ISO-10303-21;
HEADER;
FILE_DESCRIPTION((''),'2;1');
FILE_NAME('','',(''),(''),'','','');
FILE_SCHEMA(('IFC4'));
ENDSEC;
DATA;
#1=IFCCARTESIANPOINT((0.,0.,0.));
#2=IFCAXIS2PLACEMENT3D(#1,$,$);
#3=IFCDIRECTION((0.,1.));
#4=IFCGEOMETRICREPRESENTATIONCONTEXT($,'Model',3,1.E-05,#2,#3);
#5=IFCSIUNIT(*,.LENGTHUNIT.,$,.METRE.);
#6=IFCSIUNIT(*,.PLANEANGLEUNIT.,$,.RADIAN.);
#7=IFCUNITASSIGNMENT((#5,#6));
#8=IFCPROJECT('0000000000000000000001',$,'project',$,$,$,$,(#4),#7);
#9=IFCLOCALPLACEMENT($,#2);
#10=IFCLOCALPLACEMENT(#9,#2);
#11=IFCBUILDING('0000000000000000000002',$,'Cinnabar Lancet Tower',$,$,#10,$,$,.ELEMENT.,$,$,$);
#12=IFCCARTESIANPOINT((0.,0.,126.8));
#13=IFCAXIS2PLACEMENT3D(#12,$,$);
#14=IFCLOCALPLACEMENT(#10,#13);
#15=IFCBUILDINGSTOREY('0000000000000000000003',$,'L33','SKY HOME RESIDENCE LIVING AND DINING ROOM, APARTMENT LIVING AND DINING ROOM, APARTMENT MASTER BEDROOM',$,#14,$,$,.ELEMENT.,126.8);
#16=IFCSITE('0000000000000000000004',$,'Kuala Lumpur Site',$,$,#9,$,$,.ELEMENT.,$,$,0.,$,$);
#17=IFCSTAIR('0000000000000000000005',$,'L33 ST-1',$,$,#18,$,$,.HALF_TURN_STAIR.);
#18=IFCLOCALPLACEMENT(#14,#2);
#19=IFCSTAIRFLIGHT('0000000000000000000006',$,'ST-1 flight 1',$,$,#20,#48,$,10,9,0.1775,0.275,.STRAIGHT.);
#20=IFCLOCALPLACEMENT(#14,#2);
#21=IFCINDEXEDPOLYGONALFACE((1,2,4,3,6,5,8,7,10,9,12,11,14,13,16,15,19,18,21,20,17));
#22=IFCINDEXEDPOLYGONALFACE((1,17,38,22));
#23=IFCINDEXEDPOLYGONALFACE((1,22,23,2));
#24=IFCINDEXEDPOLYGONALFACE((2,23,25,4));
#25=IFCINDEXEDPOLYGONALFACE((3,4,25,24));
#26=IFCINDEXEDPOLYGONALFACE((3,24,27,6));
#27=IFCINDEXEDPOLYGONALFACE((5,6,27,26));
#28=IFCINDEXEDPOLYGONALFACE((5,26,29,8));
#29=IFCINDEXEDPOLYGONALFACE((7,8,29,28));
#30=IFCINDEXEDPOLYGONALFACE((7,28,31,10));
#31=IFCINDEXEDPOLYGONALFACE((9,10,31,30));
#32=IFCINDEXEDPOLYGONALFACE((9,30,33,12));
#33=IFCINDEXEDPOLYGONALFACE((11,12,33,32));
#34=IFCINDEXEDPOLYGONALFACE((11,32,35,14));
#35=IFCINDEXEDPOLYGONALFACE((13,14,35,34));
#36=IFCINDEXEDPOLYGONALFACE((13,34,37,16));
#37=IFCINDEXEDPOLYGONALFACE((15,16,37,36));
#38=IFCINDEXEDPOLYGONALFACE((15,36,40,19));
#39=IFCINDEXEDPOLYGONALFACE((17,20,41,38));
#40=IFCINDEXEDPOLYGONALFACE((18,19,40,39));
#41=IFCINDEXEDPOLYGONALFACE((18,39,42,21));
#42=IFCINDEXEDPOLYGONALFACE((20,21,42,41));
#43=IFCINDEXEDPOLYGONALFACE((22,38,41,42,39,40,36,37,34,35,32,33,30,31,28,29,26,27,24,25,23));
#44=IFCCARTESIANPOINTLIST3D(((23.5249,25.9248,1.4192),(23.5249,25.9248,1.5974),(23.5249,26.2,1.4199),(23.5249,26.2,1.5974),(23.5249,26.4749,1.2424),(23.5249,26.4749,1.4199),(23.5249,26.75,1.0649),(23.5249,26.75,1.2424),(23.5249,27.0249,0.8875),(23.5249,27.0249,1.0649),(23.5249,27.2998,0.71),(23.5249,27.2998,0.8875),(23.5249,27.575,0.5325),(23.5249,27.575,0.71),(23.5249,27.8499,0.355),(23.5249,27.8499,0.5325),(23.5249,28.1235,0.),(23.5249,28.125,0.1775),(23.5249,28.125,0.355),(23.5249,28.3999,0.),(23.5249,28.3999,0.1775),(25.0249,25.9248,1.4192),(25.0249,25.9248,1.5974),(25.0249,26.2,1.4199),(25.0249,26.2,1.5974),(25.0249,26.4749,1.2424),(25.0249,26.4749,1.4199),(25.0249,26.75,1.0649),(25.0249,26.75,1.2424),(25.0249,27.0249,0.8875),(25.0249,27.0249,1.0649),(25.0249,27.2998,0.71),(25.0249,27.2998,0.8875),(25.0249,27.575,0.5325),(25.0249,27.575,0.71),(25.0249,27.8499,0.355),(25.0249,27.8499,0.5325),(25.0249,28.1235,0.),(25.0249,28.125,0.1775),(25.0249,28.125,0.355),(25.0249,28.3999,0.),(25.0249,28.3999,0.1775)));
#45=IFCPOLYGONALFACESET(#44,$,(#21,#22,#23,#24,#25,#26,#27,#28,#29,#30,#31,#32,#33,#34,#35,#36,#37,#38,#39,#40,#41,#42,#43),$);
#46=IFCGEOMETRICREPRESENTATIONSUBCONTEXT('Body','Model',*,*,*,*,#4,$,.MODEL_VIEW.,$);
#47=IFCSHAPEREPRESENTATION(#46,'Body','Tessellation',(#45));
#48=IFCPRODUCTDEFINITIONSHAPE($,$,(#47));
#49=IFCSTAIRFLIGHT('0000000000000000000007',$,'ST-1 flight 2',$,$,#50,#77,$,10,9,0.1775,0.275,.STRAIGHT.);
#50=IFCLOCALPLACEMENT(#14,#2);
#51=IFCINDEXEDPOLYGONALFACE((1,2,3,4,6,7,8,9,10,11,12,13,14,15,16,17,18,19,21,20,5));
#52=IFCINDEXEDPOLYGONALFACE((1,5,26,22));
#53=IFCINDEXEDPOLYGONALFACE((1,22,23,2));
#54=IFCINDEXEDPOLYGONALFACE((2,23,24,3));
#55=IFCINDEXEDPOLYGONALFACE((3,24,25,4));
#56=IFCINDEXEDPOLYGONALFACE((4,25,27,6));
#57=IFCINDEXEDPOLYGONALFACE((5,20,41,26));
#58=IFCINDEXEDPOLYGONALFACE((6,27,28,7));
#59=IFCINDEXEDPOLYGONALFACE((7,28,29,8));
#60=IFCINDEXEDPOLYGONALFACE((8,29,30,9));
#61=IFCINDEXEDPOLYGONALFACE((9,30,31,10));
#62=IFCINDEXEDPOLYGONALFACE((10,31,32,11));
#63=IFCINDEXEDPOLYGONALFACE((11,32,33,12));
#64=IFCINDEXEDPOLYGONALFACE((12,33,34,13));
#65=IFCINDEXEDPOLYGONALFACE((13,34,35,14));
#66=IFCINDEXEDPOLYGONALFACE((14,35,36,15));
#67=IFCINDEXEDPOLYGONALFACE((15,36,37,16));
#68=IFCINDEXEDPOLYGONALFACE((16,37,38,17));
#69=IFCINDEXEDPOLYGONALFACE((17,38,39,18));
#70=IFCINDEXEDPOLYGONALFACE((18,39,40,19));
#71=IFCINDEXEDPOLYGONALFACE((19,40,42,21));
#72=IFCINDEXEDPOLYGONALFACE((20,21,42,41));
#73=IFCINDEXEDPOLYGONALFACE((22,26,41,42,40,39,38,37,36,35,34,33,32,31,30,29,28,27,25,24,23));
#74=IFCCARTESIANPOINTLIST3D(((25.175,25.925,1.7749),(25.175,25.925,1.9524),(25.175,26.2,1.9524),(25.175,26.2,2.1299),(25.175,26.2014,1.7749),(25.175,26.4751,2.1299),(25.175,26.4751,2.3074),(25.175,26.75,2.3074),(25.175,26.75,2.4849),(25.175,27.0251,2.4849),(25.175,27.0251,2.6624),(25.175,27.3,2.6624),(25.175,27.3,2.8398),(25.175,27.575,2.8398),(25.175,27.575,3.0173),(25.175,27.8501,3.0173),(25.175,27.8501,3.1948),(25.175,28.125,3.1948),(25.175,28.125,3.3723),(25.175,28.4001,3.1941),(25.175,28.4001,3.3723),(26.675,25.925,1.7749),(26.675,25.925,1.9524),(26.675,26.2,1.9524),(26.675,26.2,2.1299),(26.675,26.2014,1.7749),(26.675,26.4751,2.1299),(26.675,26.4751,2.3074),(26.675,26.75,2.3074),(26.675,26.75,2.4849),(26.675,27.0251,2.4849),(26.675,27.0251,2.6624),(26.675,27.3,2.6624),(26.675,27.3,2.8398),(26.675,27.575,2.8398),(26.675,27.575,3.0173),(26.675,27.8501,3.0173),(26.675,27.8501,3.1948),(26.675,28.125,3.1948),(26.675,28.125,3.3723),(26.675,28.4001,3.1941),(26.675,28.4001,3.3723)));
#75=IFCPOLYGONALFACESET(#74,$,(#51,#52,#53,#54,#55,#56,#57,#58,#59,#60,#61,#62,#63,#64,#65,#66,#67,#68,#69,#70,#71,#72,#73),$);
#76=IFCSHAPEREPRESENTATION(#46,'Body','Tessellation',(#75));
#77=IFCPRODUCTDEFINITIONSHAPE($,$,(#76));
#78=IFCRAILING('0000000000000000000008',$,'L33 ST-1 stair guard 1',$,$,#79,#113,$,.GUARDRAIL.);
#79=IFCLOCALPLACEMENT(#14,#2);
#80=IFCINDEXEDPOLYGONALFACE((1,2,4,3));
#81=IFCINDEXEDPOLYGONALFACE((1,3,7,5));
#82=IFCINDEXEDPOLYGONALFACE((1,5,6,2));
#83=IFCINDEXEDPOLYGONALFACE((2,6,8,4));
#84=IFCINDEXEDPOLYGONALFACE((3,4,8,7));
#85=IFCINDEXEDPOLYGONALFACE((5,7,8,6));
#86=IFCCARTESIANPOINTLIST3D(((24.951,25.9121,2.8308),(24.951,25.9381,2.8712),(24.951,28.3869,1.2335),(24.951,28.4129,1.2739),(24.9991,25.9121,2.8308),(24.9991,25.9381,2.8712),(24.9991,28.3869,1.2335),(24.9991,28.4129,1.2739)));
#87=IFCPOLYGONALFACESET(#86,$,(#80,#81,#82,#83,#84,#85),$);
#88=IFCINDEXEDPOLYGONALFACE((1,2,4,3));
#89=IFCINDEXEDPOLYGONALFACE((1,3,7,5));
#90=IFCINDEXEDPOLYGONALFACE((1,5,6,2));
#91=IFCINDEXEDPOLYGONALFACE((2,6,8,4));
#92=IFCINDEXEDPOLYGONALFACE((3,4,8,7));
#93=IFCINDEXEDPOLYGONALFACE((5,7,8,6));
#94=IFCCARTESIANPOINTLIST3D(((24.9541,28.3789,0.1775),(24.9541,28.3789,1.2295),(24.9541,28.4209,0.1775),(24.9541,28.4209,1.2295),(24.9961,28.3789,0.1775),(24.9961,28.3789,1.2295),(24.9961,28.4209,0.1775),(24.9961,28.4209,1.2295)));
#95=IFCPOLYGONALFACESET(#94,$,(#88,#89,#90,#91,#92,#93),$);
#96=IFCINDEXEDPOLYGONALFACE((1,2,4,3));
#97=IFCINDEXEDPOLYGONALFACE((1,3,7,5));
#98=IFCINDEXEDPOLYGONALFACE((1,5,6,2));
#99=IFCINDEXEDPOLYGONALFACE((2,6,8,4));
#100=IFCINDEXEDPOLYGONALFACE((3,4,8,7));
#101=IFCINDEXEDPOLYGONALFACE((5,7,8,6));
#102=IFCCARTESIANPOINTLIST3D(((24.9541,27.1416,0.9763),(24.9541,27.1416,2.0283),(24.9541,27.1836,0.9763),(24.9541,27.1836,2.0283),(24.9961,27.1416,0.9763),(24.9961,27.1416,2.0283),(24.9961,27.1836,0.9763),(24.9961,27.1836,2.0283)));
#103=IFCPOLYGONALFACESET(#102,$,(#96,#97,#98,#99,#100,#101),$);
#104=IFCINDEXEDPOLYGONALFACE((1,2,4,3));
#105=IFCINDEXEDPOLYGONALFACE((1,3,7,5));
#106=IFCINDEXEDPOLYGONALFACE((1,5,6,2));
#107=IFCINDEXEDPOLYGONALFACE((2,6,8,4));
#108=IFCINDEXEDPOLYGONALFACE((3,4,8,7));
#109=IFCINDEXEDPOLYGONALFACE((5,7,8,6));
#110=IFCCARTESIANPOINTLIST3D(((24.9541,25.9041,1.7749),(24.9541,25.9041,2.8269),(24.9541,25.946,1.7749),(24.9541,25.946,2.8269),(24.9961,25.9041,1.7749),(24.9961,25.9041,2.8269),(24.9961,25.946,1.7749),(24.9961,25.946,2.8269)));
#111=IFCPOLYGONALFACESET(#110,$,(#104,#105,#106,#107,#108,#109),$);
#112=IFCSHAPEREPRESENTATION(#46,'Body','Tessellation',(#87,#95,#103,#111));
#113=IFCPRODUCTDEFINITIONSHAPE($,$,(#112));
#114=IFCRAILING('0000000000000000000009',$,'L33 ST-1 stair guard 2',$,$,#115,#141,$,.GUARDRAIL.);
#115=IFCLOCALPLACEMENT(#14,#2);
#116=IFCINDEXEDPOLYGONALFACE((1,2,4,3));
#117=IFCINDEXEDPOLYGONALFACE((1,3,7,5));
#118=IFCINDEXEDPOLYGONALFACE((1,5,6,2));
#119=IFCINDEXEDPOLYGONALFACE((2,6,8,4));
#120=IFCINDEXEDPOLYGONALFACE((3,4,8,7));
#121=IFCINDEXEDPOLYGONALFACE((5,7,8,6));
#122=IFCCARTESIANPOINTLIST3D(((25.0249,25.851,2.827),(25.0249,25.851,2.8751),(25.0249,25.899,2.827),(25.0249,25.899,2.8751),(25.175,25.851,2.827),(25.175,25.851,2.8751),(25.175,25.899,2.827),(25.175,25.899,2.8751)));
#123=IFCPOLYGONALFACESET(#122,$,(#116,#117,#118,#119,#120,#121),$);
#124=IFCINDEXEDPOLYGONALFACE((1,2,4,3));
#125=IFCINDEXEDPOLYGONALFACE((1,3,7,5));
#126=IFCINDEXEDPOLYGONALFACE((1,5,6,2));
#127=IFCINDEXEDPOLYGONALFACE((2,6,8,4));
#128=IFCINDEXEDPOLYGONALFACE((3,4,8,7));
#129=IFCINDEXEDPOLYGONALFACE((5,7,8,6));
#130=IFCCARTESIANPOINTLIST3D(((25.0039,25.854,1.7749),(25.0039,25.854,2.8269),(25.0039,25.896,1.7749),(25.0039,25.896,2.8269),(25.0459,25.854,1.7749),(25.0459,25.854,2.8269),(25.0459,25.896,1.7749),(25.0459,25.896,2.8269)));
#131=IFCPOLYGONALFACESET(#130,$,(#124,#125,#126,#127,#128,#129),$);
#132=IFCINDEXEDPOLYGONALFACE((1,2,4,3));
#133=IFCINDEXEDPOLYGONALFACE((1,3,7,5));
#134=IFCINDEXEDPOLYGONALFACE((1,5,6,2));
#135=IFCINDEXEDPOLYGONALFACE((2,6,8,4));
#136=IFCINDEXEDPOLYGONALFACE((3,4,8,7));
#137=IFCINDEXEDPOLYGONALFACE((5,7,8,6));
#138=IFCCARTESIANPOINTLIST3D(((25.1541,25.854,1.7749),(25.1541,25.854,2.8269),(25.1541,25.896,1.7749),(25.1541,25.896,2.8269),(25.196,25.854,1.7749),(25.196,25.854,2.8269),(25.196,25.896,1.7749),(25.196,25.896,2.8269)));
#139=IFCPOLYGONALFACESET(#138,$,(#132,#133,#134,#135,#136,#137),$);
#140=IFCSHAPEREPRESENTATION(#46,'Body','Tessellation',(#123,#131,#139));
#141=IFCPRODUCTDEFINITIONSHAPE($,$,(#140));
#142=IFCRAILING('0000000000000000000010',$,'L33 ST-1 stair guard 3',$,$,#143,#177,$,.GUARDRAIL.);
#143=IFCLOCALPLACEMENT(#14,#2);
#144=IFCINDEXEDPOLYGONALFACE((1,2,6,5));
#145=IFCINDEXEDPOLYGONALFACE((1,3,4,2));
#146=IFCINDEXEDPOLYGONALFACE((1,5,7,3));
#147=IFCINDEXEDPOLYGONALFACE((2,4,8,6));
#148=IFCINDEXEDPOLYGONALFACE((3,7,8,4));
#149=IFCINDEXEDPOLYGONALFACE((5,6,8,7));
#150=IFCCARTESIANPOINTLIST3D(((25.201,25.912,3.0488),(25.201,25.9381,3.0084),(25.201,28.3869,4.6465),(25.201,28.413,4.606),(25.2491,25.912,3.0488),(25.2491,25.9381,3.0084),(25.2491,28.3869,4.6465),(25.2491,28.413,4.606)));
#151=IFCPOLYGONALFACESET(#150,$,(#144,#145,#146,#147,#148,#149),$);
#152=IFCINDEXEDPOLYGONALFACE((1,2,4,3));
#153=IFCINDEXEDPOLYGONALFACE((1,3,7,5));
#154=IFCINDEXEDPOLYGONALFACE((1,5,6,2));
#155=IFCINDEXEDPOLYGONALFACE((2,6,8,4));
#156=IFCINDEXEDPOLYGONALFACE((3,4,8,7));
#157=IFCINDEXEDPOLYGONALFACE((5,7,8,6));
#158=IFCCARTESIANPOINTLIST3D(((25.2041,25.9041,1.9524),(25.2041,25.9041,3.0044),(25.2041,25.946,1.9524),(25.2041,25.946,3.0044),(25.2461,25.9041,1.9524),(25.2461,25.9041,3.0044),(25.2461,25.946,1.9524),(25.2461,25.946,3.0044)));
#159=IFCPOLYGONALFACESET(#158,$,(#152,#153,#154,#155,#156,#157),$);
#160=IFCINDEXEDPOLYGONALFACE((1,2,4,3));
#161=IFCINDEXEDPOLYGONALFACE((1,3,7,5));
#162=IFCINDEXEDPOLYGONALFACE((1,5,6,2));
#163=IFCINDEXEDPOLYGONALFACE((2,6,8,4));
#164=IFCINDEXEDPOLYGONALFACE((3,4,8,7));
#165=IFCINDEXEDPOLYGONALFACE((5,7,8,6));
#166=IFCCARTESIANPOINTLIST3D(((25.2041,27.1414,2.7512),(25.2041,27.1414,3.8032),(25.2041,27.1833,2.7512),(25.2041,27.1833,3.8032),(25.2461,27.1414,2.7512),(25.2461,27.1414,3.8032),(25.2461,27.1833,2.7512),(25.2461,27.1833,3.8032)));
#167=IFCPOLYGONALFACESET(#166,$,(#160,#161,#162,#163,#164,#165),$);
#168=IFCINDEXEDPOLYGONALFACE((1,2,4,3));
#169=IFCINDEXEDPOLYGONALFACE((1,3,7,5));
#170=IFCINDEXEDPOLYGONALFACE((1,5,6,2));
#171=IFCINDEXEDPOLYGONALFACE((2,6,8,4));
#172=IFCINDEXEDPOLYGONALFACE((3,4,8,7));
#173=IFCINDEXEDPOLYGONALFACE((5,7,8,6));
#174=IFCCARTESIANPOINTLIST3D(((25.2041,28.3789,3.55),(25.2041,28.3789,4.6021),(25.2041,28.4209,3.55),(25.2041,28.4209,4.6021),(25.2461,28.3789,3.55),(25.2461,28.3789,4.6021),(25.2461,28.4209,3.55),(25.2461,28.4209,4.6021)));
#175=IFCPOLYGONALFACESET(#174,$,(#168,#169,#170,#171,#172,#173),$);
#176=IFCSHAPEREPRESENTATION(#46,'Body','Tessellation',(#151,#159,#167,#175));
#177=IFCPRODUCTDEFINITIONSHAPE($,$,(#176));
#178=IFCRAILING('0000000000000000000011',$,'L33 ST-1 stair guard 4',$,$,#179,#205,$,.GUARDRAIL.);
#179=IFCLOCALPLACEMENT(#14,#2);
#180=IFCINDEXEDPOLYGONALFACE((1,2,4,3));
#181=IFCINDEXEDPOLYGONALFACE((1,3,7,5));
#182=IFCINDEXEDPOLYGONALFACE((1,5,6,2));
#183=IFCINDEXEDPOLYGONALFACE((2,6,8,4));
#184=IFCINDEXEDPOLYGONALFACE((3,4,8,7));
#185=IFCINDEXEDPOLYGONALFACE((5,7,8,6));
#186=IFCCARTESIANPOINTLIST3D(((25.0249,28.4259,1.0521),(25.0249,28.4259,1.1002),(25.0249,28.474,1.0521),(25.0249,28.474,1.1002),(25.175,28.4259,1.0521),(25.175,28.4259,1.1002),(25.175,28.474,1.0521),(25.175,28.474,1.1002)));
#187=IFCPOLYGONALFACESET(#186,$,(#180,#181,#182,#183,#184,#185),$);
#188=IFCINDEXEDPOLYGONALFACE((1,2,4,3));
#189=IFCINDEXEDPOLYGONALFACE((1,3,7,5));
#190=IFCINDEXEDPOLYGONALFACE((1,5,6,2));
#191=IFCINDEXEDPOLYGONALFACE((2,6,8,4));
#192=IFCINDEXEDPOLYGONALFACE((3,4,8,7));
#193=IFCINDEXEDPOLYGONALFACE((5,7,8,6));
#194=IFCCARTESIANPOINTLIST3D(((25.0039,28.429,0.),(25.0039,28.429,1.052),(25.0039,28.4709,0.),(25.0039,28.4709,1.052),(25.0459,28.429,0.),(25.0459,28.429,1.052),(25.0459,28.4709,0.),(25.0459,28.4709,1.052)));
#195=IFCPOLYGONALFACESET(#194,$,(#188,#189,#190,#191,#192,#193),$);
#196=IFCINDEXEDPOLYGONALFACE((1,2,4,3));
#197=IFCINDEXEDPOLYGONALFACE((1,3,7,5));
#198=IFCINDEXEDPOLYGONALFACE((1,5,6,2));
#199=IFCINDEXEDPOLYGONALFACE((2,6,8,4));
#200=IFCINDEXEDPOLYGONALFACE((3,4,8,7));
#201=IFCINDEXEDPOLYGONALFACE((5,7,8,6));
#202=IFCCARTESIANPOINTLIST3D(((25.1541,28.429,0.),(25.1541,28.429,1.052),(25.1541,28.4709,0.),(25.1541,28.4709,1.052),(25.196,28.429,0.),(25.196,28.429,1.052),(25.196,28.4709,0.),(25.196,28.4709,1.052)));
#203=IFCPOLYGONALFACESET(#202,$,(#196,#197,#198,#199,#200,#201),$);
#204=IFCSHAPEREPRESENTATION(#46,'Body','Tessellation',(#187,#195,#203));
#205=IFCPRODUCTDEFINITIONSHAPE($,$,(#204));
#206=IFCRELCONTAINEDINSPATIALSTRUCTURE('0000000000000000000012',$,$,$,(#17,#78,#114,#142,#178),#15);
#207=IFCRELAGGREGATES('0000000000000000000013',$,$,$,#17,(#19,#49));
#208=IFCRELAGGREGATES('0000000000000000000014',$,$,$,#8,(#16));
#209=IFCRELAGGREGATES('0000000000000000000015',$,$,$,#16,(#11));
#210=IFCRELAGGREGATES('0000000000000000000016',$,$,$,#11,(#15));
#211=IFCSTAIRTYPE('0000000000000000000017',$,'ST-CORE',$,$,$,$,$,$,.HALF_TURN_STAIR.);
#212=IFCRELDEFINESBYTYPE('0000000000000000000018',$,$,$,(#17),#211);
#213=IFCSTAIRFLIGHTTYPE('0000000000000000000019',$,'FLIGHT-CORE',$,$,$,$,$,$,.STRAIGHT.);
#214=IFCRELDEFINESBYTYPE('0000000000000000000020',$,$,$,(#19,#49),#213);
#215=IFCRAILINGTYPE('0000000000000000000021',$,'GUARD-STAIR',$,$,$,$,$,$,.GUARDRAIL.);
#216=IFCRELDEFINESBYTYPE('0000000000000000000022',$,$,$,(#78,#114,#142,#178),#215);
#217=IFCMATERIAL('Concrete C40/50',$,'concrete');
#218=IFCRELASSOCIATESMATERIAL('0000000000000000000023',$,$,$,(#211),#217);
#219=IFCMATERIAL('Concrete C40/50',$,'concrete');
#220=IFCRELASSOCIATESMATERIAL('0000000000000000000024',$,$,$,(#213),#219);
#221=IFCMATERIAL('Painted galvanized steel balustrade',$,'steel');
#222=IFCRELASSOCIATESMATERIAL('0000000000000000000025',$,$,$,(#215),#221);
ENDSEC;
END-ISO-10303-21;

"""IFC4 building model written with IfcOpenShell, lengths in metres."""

from ifc_helpers import new_model, si_unit, direction, frame, origin, origin_2d, place, context, subcontext, project, spatial, polyline, rectangle, outline, extrude, material, type_object, element, aggregate, save


model = new_model("IFC4")

# Units and contexts
model_context = context("Model", 3, precision=1e-05, world=origin(), true_north=direction((0.0, 1.0)))
body_context = subcontext(model_context, "Body", "Model", "MODEL_VIEW")
ifc_project = project(units=[si_unit("LENGTHUNIT", "METRE"), si_unit("PLANEANGLEUNIT", "RADIAN")], contexts=[model_context])

# Site, building, storey
site_placement = place(None, origin())
site = spatial("IfcSite", under=ifc_project, at=site_placement, Name="Kuala Lumpur Site", CompositionType="ELEMENT", RefElevation=0.0)
building_placement = place(site_placement, origin())
building = spatial("IfcBuilding", under=site, at=building_placement, Name="Cinnabar Lancet Tower", CompositionType="ELEMENT")
storey_placement = place(building_placement, frame((0.0, 0.0, 126.8)))
storey = spatial("IfcBuildingStorey", under=building, at=storey_placement, Name="L33", Description="SKY HOME RESIDENCE LIVING AND DINING ROOM, APARTMENT LIVING AND DINING ROOM, APARTMENT MASTER BEDROOM", CompositionType="ELEMENT", Elevation=126.8)

# Stair, stair flights
ifc_material_1 = material(Name="Concrete C40/50", Category="concrete")
stair_type = type_object("IfcStairType", Name="ST-CORE", PredefinedType="HALF_TURN_STAIR", material=ifc_material_1)
stair_placement = place(storey_placement, origin())
stair = element("IfcStair", 1, at=stair_placement, inside=storey, type_object=stair_type, Name="L33 ST-1", PredefinedType="HALF_TURN_STAIR")
ifc_material_2 = material(Name="Concrete C40/50", Category="concrete")
stair_flight_type = type_object("IfcStairFlightType", Name="FLIGHT-CORE", PredefinedType="STRAIGHT", material=ifc_material_2)
stair_flight_1_placement = place(storey_placement, frame((24.2749, 28.3999, 0.0), z_axis=(0.0, 0.0, 1.0), x_axis=(0.0, -1.0, 0.0)))
stair_flight_1 = element("IfcStairFlight", 2, at=stair_flight_1_placement, type_object=stair_flight_type, Name="ST-1 flight 1", NumberOfRisers=10, NumberOfTreads=9, PredefinedType="STRAIGHT", RiserHeight=0.1775, TreadLength=0.275, context=body_context, shape_type="SweptSolid", body=[
    extrude(outline(polyline([(0.0, 0.0), (0.0, 0.1775), (0.2749, 0.1775), (0.2749, 0.355), (0.55, 0.355), (0.55, 0.5325), (0.825, 0.5325), (0.825, 0.71), (1.1001, 0.71), (1.1001, 0.8875), (1.375, 0.8875), (1.375, 1.0649), (1.6499, 1.0649), (1.6499, 1.2424), (1.925, 1.2424), (1.925, 1.4199), (2.2, 1.4199), (2.2, 1.5974), (2.4751, 1.5974), (2.4751, 1.7749), (2.4751, 1.4192), (0.2764, 0.0), (0.0, 0.0)])), frame((0.0, 0.75, 0.0), z_axis=(0.0, -1.0, 0.0), x_axis=(1.0, 0.0, 0.0)), (0.0, 0.0, 1.0), 1.5),
])
stair_flight_2_placement = place(storey_placement, frame((25.925, 25.925, 1.7749), z_axis=(0.0, 0.0, 1.0), x_axis=(0.0, 1.0, 0.0)))
stair_flight_2 = element("IfcStairFlight", 3, at=stair_flight_2_placement, type_object=stair_flight_type, Name="ST-1 flight 2", NumberOfRisers=10, NumberOfTreads=9, PredefinedType="STRAIGHT", RiserHeight=0.1775, TreadLength=0.275, context=body_context, shape_type="SweptSolid", body=[
    extrude(outline(polyline([(0.0, 0.0), (0.0, 0.1775), (0.2749, 0.1775), (0.2749, 0.355), (0.55, 0.355), (0.55, 0.5325), (0.825, 0.5325), (0.825, 0.71), (1.1001, 0.71), (1.1001, 0.8875), (1.375, 0.8875), (1.375, 1.0649), (1.6499, 1.0649), (1.6499, 1.2424), (1.925, 1.2424), (1.925, 1.4199), (2.2, 1.4199), (2.2, 1.5974), (2.4751, 1.5974), (2.4751, 1.7749), (2.4751, 1.4192), (0.2764, 0.0), (0.0, 0.0)])), frame((0.0, 0.75, 0.0), z_axis=(0.0, -1.0, 0.0), x_axis=(1.0, 0.0, 0.0)), (0.0, 0.0, 1.0), 1.5),
])
aggregate(stair, [stair_flight_1, stair_flight_2])

# Railings
ifc_material_3 = material(Name="Painted galvanized steel balustrade", Category="steel")
railing_type_1 = type_object("IfcRailingType", Name="GUARD-STAIR", PredefinedType="GUARDRAIL", material=ifc_material_3)
railing_1_placement = place(storey_placement, frame((24.9751, 28.3999, 0.1775)))
element("IfcRailing", 4, at=railing_1_placement, inside=storey, type_object=railing_type_1, Name="L33 ST-1 stair guard 1", PredefinedType="GUARDRAIL", context=body_context, shape_type="SweptSolid", body=[
    extrude(rectangle(XDim=0.0481, YDim=0.0481, at=origin_2d()), frame((0.0, 0.0, 1.0762), z_axis=(0.0, -0.840183, 0.542302), x_axis=(1.0, 0.0, 0.0)), (0.0, 0.0, 1.0), 2.9456),
    extrude(rectangle(XDim=0.042, YDim=0.042, at=origin_2d()), origin(), (0.0, 0.0, 1.0), 1.052),
    extrude(rectangle(XDim=0.042, YDim=0.042, at=origin_2d()), frame((0.0, -1.2373, 0.7988)), (0.0, 0.0, 1.0), 1.052),
    extrude(rectangle(XDim=0.042, YDim=0.042, at=origin_2d()), frame((0.0, -2.4749, 1.5974)), (0.0, 0.0, 1.0), 1.052),
])
railing_2_placement = place(storey_placement, frame((25.0249, 25.875, 1.7749)))
element("IfcRailing", 5, at=railing_2_placement, inside=storey, type_object=railing_type_1, Name="L33 ST-1 stair guard 2", PredefinedType="GUARDRAIL", context=body_context, shape_type="SweptSolid", body=[
    extrude(rectangle(XDim=0.0481, YDim=0.0481, at=origin_2d()), frame((0.0, 0.0, 1.0762), z_axis=(1.0, 0.0, 0.0), x_axis=(0.0, 1.0, 0.0)), (0.0, 0.0, 1.0), 0.1501),
    extrude(rectangle(XDim=0.042, YDim=0.042, at=origin_2d()), origin(), (0.0, 0.0, 1.0), 1.052),
    extrude(rectangle(XDim=0.042, YDim=0.042, at=origin_2d()), frame((0.1501, 0.0, 0.0)), (0.0, 0.0, 1.0), 1.052),
])
railing_3_placement = place(storey_placement, frame((25.2251, 25.925, 1.9524)))
element("IfcRailing", 6, at=railing_3_placement, inside=storey, type_object=railing_type_1, Name="L33 ST-1 stair guard 3", PredefinedType="GUARDRAIL", context=body_context, shape_type="SweptSolid", body=[
    extrude(rectangle(XDim=0.0481, YDim=0.0481, at=origin_2d()), frame((0.0, 0.0, 1.0762), z_axis=(0.0, 0.840146, 0.542361), x_axis=(-1.0, 0.0, 0.0)), (0.0, 0.0, 1.0), 2.9458),
    extrude(rectangle(XDim=0.042, YDim=0.042, at=origin_2d()), origin(), (0.0, 0.0, 1.0), 1.052),
    extrude(rectangle(XDim=0.042, YDim=0.042, at=origin_2d()), frame((0.0, 1.2373, 0.7988)), (0.0, 0.0, 1.0), 1.052),
    extrude(rectangle(XDim=0.042, YDim=0.042, at=origin_2d()), frame((0.0, 2.4749, 1.5977)), (0.0, 0.0, 1.0), 1.052),
])
railing_4_placement = place(storey_placement, frame((25.0249, 28.45, 0.0)))
element("IfcRailing", 7, at=railing_4_placement, inside=storey, type_object=railing_type_1, Name="L33 ST-1 stair guard 4", PredefinedType="GUARDRAIL", context=body_context, shape_type="SweptSolid", body=[
    extrude(rectangle(XDim=0.0481, YDim=0.0481, at=origin_2d()), frame((0.0, 0.0, 1.0762), z_axis=(1.0, 0.0, 0.0), x_axis=(0.0, 1.0, 0.0)), (0.0, 0.0, 1.0), 0.1501),
    extrude(rectangle(XDim=0.042, YDim=0.042, at=origin_2d()), origin(), (0.0, 0.0, 1.0), 1.052),
    extrude(rectangle(XDim=0.042, YDim=0.042, at=origin_2d()), frame((0.1501, 0.0, 0.0)), (0.0, 0.0, 1.0), 1.052),
])

save(model, "model.ifc")
